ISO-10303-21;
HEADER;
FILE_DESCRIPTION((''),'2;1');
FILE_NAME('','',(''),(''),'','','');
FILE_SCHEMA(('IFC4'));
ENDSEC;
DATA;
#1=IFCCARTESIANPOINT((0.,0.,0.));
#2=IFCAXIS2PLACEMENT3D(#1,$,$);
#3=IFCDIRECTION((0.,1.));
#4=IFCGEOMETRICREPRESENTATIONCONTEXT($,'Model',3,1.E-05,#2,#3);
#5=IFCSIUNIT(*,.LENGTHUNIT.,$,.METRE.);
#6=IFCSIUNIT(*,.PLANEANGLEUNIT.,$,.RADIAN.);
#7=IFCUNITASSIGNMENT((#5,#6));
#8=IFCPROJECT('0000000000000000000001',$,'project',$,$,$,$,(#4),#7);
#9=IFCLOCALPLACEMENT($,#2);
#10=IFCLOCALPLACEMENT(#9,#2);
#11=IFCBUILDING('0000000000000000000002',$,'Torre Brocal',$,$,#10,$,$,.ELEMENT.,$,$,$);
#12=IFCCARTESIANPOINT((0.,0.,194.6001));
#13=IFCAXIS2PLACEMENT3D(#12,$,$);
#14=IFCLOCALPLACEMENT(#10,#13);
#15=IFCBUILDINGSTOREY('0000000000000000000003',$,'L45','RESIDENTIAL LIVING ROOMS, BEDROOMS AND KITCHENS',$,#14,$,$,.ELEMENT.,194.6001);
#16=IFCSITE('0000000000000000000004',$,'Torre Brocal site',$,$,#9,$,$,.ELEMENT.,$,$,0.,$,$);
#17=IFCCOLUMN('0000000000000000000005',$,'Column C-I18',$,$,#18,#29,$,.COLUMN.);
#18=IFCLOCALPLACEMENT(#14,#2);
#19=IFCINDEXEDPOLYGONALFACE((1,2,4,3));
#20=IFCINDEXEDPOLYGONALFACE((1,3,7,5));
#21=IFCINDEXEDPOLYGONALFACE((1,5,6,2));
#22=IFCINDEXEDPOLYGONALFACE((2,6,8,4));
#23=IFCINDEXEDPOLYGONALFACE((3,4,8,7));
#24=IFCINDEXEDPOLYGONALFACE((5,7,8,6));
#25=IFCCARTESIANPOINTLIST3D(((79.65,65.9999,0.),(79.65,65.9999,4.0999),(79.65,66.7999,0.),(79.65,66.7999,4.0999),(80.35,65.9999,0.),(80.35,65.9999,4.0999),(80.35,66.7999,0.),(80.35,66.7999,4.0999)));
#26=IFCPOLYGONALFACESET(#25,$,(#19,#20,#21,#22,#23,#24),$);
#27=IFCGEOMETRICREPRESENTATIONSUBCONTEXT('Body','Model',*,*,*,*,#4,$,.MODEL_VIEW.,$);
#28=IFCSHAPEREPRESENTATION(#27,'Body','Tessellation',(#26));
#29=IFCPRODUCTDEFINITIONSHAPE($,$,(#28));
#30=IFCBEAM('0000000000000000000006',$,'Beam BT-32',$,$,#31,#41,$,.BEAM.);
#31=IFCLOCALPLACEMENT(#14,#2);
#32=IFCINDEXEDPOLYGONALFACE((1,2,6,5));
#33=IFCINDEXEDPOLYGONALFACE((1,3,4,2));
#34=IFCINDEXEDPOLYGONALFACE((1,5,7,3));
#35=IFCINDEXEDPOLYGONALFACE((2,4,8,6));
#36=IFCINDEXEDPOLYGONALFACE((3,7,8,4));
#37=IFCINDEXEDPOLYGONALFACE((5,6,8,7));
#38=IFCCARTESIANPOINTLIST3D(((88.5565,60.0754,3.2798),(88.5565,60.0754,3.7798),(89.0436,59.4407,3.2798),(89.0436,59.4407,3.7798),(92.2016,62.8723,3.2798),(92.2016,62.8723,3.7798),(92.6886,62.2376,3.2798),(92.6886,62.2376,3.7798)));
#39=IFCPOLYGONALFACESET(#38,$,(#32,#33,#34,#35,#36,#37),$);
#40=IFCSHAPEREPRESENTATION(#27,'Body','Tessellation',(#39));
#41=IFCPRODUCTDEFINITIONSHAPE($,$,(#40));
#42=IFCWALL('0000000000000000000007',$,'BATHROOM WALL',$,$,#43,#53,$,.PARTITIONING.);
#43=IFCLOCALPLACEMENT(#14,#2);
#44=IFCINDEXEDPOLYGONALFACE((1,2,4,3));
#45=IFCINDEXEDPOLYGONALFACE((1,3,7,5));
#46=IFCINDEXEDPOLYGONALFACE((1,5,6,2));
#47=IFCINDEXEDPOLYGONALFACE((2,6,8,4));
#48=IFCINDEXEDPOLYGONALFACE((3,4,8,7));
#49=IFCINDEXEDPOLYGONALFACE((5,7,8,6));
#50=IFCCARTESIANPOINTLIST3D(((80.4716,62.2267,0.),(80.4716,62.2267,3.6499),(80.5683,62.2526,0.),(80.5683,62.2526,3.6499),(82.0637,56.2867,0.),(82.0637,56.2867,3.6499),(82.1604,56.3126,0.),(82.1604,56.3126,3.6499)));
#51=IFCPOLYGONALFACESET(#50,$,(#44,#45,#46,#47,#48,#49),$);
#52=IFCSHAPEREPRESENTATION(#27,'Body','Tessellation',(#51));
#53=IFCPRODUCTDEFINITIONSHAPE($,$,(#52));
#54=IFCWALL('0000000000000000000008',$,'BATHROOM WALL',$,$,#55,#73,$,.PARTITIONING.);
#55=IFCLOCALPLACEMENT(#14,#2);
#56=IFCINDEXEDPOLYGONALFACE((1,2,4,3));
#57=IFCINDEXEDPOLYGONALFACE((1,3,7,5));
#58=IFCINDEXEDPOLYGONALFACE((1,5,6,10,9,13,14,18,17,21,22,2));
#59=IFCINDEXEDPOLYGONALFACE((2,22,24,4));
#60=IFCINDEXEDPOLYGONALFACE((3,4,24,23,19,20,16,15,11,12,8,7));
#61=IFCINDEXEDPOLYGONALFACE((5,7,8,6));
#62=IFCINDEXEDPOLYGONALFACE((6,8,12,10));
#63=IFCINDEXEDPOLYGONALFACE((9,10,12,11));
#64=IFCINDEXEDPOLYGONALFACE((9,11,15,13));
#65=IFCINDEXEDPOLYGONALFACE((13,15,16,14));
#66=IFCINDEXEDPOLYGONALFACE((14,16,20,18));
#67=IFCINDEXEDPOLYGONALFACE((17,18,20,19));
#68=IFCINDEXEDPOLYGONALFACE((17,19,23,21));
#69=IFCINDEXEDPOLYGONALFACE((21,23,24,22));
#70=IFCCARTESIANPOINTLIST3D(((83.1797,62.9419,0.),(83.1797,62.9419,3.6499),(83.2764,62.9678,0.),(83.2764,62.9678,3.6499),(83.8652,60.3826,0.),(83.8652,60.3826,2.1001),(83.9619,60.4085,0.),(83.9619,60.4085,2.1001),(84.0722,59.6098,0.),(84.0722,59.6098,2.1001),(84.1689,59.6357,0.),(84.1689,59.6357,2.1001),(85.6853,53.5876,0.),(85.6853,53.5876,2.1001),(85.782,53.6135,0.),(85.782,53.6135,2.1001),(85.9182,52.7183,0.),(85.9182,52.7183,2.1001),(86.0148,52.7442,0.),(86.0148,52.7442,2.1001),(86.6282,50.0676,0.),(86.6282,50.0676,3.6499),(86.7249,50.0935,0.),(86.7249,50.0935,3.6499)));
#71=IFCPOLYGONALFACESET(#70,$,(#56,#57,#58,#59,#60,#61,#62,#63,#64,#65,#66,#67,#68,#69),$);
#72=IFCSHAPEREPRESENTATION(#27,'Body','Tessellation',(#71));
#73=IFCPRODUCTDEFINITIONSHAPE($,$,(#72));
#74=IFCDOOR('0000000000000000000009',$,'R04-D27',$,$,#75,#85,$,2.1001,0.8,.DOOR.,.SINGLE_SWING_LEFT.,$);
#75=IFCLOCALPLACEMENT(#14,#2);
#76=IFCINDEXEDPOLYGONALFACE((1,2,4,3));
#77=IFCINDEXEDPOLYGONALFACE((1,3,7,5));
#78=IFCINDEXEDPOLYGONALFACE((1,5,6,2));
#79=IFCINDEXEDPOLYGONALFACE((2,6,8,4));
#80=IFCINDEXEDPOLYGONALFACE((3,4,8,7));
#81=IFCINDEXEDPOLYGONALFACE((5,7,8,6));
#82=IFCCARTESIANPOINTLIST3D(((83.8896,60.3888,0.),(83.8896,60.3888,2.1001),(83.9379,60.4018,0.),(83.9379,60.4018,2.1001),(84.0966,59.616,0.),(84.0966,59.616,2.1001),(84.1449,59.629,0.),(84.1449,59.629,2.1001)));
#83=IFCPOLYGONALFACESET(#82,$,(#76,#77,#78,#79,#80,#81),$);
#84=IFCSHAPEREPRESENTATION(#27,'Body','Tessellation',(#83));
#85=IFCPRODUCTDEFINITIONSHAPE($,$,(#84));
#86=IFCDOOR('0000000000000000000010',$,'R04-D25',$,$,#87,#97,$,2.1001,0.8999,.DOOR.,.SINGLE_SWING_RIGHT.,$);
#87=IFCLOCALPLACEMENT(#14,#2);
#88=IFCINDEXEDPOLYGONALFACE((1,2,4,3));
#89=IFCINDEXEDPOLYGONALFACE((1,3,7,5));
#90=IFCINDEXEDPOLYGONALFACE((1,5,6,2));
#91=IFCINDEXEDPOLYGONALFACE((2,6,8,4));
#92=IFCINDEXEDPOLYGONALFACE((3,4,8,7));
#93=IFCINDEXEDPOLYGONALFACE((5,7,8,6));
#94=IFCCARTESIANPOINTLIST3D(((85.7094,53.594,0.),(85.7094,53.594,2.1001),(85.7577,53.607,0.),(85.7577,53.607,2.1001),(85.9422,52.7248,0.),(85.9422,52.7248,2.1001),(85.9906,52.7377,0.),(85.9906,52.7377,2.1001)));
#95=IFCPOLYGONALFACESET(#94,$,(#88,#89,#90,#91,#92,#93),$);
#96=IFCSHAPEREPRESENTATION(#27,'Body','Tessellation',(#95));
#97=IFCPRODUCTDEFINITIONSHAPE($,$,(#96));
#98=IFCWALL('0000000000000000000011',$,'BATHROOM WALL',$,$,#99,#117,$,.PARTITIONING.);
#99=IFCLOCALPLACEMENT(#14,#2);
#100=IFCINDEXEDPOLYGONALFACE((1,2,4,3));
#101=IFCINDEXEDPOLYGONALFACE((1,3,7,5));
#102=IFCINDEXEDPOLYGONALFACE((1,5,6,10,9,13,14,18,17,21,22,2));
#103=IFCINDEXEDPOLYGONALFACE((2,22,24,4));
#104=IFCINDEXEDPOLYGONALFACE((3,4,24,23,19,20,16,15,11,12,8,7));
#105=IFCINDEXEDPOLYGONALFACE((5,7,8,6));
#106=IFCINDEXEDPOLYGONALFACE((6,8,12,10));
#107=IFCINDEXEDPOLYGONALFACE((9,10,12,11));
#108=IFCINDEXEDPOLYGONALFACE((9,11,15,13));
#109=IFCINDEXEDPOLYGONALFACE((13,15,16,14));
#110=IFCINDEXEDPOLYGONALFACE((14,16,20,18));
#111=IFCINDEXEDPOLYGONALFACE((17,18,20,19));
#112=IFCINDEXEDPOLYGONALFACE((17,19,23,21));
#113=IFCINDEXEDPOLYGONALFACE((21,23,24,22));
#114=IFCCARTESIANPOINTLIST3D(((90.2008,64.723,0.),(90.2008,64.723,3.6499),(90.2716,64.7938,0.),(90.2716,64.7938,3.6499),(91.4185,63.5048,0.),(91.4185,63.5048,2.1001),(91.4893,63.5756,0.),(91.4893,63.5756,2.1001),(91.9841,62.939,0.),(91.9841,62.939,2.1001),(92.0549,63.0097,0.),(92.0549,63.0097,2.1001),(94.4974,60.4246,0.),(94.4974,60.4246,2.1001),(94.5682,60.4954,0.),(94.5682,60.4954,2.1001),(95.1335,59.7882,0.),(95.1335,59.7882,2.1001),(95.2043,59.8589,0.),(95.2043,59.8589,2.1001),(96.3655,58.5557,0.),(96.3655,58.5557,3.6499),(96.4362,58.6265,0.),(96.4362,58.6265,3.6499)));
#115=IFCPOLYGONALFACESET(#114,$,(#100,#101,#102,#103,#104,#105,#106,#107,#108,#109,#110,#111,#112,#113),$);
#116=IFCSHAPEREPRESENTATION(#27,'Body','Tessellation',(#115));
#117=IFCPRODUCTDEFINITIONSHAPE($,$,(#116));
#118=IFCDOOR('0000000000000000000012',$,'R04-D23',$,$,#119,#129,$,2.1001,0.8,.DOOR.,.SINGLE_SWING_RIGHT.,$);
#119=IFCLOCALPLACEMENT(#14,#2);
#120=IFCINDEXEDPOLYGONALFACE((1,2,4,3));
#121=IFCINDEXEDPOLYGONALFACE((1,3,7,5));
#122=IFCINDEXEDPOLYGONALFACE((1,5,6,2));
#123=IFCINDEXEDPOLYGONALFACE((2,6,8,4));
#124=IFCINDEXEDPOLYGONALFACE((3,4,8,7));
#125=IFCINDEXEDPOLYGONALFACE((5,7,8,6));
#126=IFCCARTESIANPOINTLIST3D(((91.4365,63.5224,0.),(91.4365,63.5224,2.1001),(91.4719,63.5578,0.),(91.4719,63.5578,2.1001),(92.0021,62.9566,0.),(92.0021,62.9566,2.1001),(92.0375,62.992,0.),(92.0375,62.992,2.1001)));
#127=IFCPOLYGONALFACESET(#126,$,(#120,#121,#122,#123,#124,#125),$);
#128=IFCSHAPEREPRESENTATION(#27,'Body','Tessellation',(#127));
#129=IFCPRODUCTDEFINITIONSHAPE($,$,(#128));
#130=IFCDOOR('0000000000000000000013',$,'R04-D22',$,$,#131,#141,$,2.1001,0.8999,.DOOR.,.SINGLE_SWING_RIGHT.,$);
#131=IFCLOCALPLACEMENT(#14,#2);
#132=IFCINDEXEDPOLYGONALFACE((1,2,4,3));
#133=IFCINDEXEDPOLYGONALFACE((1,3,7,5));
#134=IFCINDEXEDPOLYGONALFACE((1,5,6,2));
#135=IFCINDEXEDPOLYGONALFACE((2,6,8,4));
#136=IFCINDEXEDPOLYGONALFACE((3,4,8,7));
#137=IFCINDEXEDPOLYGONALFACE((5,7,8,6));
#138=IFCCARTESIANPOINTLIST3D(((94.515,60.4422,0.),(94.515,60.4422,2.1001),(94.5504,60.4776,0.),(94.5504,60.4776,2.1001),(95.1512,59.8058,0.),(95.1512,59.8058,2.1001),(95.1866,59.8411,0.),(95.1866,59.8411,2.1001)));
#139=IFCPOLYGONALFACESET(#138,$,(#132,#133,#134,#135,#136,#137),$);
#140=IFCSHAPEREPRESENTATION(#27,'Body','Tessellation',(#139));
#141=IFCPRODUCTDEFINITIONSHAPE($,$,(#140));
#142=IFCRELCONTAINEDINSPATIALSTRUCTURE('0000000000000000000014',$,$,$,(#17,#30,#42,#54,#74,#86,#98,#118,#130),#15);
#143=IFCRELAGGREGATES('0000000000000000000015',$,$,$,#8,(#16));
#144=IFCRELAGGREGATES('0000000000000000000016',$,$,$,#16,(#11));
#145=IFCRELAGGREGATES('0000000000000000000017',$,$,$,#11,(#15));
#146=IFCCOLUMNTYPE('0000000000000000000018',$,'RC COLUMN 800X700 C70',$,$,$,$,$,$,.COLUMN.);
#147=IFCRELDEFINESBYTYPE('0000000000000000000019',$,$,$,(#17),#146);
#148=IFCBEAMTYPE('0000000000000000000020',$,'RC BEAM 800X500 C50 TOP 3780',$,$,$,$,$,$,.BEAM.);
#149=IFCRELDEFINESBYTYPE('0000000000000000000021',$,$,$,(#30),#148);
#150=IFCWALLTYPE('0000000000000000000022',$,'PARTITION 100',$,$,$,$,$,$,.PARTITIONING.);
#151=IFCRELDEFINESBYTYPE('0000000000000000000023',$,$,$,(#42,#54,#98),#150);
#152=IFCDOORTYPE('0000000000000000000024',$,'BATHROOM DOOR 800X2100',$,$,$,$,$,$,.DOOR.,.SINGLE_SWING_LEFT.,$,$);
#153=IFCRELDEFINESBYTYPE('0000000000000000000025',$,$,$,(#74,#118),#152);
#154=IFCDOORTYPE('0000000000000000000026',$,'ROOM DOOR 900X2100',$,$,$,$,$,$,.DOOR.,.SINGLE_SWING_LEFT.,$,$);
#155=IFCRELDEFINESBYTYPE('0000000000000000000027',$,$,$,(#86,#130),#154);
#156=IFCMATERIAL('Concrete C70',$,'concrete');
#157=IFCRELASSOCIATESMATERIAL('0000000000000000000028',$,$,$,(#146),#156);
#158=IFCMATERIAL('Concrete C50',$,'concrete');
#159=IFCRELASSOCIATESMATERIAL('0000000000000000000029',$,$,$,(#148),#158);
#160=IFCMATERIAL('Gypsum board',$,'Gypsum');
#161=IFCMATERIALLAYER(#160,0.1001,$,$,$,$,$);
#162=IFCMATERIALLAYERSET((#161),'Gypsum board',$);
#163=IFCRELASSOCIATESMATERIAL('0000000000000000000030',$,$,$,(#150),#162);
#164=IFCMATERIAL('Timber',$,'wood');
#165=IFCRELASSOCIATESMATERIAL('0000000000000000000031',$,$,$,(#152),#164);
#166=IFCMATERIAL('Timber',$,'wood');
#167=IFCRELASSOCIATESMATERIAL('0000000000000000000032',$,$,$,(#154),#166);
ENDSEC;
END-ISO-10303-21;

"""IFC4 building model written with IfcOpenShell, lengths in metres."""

from ifc_helpers import new_model, si_unit, direction, frame, frame_2d, origin, origin_2d, place, context, subcontext, project, spatial, rectangle, extrude, material, layer, layer_set, material_profile, profile_set, type_object, element, fill, save


model = new_model("IFC4")

# Units and contexts
model_context = context("Model", 3, precision=1e-05, world=origin(), true_north=direction((0.0, 1.0)))
body_context = subcontext(model_context, "Body", "Model", "MODEL_VIEW")
ifc_project = project(units=[si_unit("LENGTHUNIT", "METRE"), si_unit("PLANEANGLEUNIT", "RADIAN")], contexts=[model_context])

# Site, building, storey
site_placement = place(None, origin())
site = spatial("IfcSite", under=ifc_project, at=site_placement, Name="Torre Brocal site", CompositionType="ELEMENT", RefElevation=0.0)
building_placement = place(site_placement, origin())
building = spatial("IfcBuilding", under=site, at=building_placement, Name="Torre Brocal", CompositionType="ELEMENT")
storey_placement = place(building_placement, frame((0.0, 0.0, 194.6001)))
storey = spatial("IfcBuildingStorey", under=building, at=storey_placement, Name="L45", Description="RESIDENTIAL LIVING ROOMS, BEDROOMS AND KITCHENS", CompositionType="ELEMENT", Elevation=194.6001)

# Column
ifc_material_1 = material(Name="Concrete C70", Category="concrete")
ifc_material_profile_1 = material_profile(ifc_material_1, rectangle(XDim=0.8, YDim=0.7, at=origin_2d()), Name="RC 800X700")
ifc_profile_set_1 = profile_set([ifc_material_profile_1], Name="Concrete C70")
column_type = type_object("IfcColumnType", Name="RC COLUMN 800X700 C70", PredefinedType="COLUMN", material=ifc_profile_set_1)
column_placement = place(storey_placement, frame((80.0, 66.3999, 0.0), z_axis=(0.0, 0.0, 1.0), x_axis=(0.0, -1.0, 0.0)))
element("IfcColumn", 1, at=column_placement, inside=storey, type_object=column_type, Name="Column C-I18", PredefinedType="COLUMN", context=body_context, shape_type="SweptSolid", body=[
    extrude(rectangle(XDim=0.8, YDim=0.7, at=origin_2d()), origin(), (0.0, 0.0, 1.0), 4.0999),
])

# Beam
ifc_material_2 = material(Name="Concrete C50", Category="concrete")
ifc_material_profile_2 = material_profile(ifc_material_2, rectangle(XDim=0.8, YDim=0.5, at=origin_2d()), Name="RC 800X500")
ifc_profile_set_2 = profile_set([ifc_material_profile_2], Name="Concrete C50")
beam_type = type_object("IfcBeamType", Name="RC BEAM 800X500 C50 TOP 3780", PredefinedType="BEAM", material=ifc_profile_set_2)
beam_placement = place(storey_placement, frame((88.8, 59.7581, 3.5298), z_axis=(0.793358, 0.608755, 0.0), x_axis=(-0.608755, 0.793358, 0.0)))
element("IfcBeam", 2, at=beam_placement, inside=storey, type_object=beam_type, Name="Beam BT-32", PredefinedType="BEAM", context=body_context, shape_type="SweptSolid", body=[
    extrude(rectangle(XDim=0.8, YDim=0.5, at=origin_2d()), origin(), (0.0, 0.0, 1.0), 4.5945),
])

# Wall
ifc_material_3 = material(Name="Gypsum board", Category="Gypsum")
ifc_layer_1 = layer(ifc_material_3, 0.1001)
ifc_layer_set_1 = layer_set([ifc_layer_1], Name="Gypsum board")
wall_type_1 = type_object("IfcWallType", Name="PARTITION 100", PredefinedType="PARTITIONING", material=ifc_layer_set_1)
wall_1_placement = place(storey_placement, frame((80.52, 62.2395, 0.0), z_axis=(0.0, 0.0, 1.0), x_axis=(0.258886, -0.965908, 0.0)))
element("IfcWall", 3, at=wall_1_placement, inside=storey, type_object=wall_type_1, Name="BATHROOM WALL", PredefinedType="PARTITIONING", context=body_context, shape_type="SweptSolid", body=[
    extrude(rectangle(XDim=6.1497, YDim=0.1001, at=frame_2d((3.0747, 0.0))), origin(), (0.0, 0.0, 1.0), 3.6499),
])

# Walls, openings, doors
wall_2_placement = place(storey_placement, frame((83.228, 62.9548, 0.0), z_axis=(0.0, 0.0, 1.0), x_axis=(0.258738, -0.965948, 0.0)))
wall_2 = element("IfcWall", 4, at=wall_2_placement, inside=storey, type_object=wall_type_1, Name="BATHROOM WALL", PredefinedType="PARTITIONING", context=body_context, shape_type="SweptSolid", body=[
    extrude(rectangle(XDim=13.3281, YDim=0.1001, at=frame_2d((6.6641, 0.0))), origin(), (0.0, 0.0, 1.0), 3.6499),
])
opening_1_placement = place(wall_2_placement, frame((9.6841, 0.0, 0.0)))
opening_1 = element("IfcOpeningElement", 5, at=opening_1_placement, cuts=wall_2, PredefinedType="OPENING", context=body_context, shape_type="SweptSolid", body=[
    extrude(rectangle(XDim=0.8999, YDim=2.1001, at=frame_2d((0.45, 1.05))), frame((0.0, 0.0601, 0.0), z_axis=(0.0, -1.0, 0.0), x_axis=(1.0, 0.0, 0.0)), (0.0, 0.0, 1.0), 0.1201),
])
opening_2_placement = place(wall_2_placement, frame((2.6497, 0.0, 0.0)))
opening_2 = element("IfcOpeningElement", 6, at=opening_2_placement, cuts=wall_2, PredefinedType="OPENING", context=body_context, shape_type="SweptSolid", body=[
    extrude(rectangle(XDim=0.8, YDim=2.1001, at=frame_2d((0.3999, 1.05))), frame((0.0, 0.0601, 0.0), z_axis=(0.0, -1.0, 0.0), x_axis=(1.0, 0.0, 0.0)), (0.0, 0.0, 1.0), 0.1201),
])
ifc_material_4 = material(Name="Timber", Category="wood")
door_type_1 = type_object("IfcDoorType", Name="BATHROOM DOOR 800X2100", OperationType="SINGLE_SWING_LEFT", PredefinedType="DOOR", material=ifc_material_4)
door_1_placement = place(opening_2_placement, frame((0.8, 0.0, 0.0), z_axis=(0.0, 0.0, 1.0), x_axis=(-1.0, 0.0, 0.0)))
door_1 = element("IfcDoor", 7, at=door_1_placement, inside=storey, type_object=door_type_1, Name="R04-D27", OperationType="SINGLE_SWING_LEFT", OverallHeight=2.1001, OverallWidth=0.8, PredefinedType="DOOR", context=body_context, shape_type="SweptSolid", body=[
    extrude(rectangle(XDim=0.8, YDim=2.1001, at=frame_2d((0.3999, 1.05))), frame((0.0, 0.0249, 0.0), z_axis=(0.0, -1.0, 0.0), x_axis=(1.0, 0.0, 0.0)), (0.0, 0.0, 1.0), 0.05),
])
fill(opening_2, door_1)
ifc_material_5 = material(Name="Timber", Category="wood")
door_type_2 = type_object("IfcDoorType", Name="ROOM DOOR 900X2100", OperationType="SINGLE_SWING_LEFT", PredefinedType="DOOR", material=ifc_material_5)
door_2_placement = place(opening_1_placement, origin())
door_2 = element("IfcDoor", 8, at=door_2_placement, inside=storey, type_object=door_type_2, Name="R04-D25", OperationType="SINGLE_SWING_RIGHT", OverallHeight=2.1001, OverallWidth=0.8999, PredefinedType="DOOR", context=body_context, shape_type="SweptSolid", body=[
    extrude(rectangle(XDim=0.8999, YDim=2.1001, at=frame_2d((0.45, 1.05))), frame((0.0, 0.0249, 0.0), z_axis=(0.0, -1.0, 0.0), x_axis=(1.0, 0.0, 0.0)), (0.0, 0.0, 1.0), 0.05),
])
fill(opening_1, door_2)
wall_3_placement = place(storey_placement, frame((90.2363, 64.7583, 0.0), z_axis=(0.0, 0.0, 1.0), x_axis=(0.706953, -0.707261, 0.0)))
wall_3 = element("IfcWall", 9, at=wall_3_placement, inside=storey, type_object=wall_type_1, Name="BATHROOM WALL", PredefinedType="PARTITIONING", context=body_context, shape_type="SweptSolid", body=[
    extrude(rectangle(XDim=8.72, YDim=0.1001, at=frame_2d((4.3599, 0.0))), origin(), (0.0, 0.0, 1.0), 3.6499),
])
opening_3_placement = place(wall_3_placement, frame((6.0774, 0.0, 0.0)))
opening_3 = element("IfcOpeningElement", 10, at=opening_3_placement, cuts=wall_3, PredefinedType="OPENING", context=body_context, shape_type="SweptSolid", body=[
    extrude(rectangle(XDim=0.8999, YDim=2.1001, at=frame_2d((0.45, 1.05))), frame((0.0, 0.0601, 0.0), z_axis=(0.0, -1.0, 0.0), x_axis=(1.0, 0.0, 0.0)), (0.0, 0.0, 1.0), 0.1201),
])
opening_4_placement = place(wall_3_placement, frame((1.7224, 0.0, 0.0)))
opening_4 = element("IfcOpeningElement", 11, at=opening_4_placement, cuts=wall_3, PredefinedType="OPENING", context=body_context, shape_type="SweptSolid", body=[
    extrude(rectangle(XDim=0.8, YDim=2.1001, at=frame_2d((0.3999, 1.05))), frame((0.0, 0.0601, 0.0), z_axis=(0.0, -1.0, 0.0), x_axis=(1.0, 0.0, 0.0)), (0.0, 0.0, 1.0), 0.1201),
])
door_3_placement = place(opening_4_placement, frame((0.8, 0.0, 0.0), z_axis=(0.0, 0.0, 1.0), x_axis=(-1.0, 0.0, 0.0)))
door_3 = element("IfcDoor", 12, at=door_3_placement, inside=storey, type_object=door_type_1, Name="R04-D23", OperationType="SINGLE_SWING_RIGHT", OverallHeight=2.1001, OverallWidth=0.8, PredefinedType="DOOR", context=body_context, shape_type="SweptSolid", body=[
    extrude(rectangle(XDim=0.8, YDim=2.1001, at=frame_2d((0.3999, 1.05))), frame((0.0, 0.0249, 0.0), z_axis=(0.0, -1.0, 0.0), x_axis=(1.0, 0.0, 0.0)), (0.0, 0.0, 1.0), 0.05),
])
fill(opening_4, door_3)
door_4_placement = place(opening_3_placement, origin())
door_4 = element("IfcDoor", 13, at=door_4_placement, inside=storey, type_object=door_type_2, Name="R04-D22", OperationType="SINGLE_SWING_RIGHT", OverallHeight=2.1001, OverallWidth=0.8999, PredefinedType="DOOR", context=body_context, shape_type="SweptSolid", body=[
    extrude(rectangle(XDim=0.8999, YDim=2.1001, at=frame_2d((0.45, 1.05))), frame((0.0, 0.0249, 0.0), z_axis=(0.0, -1.0, 0.0), x_axis=(1.0, 0.0, 0.0)), (0.0, 0.0, 1.0), 0.05),
])
fill(opening_3, door_4)

save(model, "model.ifc")
